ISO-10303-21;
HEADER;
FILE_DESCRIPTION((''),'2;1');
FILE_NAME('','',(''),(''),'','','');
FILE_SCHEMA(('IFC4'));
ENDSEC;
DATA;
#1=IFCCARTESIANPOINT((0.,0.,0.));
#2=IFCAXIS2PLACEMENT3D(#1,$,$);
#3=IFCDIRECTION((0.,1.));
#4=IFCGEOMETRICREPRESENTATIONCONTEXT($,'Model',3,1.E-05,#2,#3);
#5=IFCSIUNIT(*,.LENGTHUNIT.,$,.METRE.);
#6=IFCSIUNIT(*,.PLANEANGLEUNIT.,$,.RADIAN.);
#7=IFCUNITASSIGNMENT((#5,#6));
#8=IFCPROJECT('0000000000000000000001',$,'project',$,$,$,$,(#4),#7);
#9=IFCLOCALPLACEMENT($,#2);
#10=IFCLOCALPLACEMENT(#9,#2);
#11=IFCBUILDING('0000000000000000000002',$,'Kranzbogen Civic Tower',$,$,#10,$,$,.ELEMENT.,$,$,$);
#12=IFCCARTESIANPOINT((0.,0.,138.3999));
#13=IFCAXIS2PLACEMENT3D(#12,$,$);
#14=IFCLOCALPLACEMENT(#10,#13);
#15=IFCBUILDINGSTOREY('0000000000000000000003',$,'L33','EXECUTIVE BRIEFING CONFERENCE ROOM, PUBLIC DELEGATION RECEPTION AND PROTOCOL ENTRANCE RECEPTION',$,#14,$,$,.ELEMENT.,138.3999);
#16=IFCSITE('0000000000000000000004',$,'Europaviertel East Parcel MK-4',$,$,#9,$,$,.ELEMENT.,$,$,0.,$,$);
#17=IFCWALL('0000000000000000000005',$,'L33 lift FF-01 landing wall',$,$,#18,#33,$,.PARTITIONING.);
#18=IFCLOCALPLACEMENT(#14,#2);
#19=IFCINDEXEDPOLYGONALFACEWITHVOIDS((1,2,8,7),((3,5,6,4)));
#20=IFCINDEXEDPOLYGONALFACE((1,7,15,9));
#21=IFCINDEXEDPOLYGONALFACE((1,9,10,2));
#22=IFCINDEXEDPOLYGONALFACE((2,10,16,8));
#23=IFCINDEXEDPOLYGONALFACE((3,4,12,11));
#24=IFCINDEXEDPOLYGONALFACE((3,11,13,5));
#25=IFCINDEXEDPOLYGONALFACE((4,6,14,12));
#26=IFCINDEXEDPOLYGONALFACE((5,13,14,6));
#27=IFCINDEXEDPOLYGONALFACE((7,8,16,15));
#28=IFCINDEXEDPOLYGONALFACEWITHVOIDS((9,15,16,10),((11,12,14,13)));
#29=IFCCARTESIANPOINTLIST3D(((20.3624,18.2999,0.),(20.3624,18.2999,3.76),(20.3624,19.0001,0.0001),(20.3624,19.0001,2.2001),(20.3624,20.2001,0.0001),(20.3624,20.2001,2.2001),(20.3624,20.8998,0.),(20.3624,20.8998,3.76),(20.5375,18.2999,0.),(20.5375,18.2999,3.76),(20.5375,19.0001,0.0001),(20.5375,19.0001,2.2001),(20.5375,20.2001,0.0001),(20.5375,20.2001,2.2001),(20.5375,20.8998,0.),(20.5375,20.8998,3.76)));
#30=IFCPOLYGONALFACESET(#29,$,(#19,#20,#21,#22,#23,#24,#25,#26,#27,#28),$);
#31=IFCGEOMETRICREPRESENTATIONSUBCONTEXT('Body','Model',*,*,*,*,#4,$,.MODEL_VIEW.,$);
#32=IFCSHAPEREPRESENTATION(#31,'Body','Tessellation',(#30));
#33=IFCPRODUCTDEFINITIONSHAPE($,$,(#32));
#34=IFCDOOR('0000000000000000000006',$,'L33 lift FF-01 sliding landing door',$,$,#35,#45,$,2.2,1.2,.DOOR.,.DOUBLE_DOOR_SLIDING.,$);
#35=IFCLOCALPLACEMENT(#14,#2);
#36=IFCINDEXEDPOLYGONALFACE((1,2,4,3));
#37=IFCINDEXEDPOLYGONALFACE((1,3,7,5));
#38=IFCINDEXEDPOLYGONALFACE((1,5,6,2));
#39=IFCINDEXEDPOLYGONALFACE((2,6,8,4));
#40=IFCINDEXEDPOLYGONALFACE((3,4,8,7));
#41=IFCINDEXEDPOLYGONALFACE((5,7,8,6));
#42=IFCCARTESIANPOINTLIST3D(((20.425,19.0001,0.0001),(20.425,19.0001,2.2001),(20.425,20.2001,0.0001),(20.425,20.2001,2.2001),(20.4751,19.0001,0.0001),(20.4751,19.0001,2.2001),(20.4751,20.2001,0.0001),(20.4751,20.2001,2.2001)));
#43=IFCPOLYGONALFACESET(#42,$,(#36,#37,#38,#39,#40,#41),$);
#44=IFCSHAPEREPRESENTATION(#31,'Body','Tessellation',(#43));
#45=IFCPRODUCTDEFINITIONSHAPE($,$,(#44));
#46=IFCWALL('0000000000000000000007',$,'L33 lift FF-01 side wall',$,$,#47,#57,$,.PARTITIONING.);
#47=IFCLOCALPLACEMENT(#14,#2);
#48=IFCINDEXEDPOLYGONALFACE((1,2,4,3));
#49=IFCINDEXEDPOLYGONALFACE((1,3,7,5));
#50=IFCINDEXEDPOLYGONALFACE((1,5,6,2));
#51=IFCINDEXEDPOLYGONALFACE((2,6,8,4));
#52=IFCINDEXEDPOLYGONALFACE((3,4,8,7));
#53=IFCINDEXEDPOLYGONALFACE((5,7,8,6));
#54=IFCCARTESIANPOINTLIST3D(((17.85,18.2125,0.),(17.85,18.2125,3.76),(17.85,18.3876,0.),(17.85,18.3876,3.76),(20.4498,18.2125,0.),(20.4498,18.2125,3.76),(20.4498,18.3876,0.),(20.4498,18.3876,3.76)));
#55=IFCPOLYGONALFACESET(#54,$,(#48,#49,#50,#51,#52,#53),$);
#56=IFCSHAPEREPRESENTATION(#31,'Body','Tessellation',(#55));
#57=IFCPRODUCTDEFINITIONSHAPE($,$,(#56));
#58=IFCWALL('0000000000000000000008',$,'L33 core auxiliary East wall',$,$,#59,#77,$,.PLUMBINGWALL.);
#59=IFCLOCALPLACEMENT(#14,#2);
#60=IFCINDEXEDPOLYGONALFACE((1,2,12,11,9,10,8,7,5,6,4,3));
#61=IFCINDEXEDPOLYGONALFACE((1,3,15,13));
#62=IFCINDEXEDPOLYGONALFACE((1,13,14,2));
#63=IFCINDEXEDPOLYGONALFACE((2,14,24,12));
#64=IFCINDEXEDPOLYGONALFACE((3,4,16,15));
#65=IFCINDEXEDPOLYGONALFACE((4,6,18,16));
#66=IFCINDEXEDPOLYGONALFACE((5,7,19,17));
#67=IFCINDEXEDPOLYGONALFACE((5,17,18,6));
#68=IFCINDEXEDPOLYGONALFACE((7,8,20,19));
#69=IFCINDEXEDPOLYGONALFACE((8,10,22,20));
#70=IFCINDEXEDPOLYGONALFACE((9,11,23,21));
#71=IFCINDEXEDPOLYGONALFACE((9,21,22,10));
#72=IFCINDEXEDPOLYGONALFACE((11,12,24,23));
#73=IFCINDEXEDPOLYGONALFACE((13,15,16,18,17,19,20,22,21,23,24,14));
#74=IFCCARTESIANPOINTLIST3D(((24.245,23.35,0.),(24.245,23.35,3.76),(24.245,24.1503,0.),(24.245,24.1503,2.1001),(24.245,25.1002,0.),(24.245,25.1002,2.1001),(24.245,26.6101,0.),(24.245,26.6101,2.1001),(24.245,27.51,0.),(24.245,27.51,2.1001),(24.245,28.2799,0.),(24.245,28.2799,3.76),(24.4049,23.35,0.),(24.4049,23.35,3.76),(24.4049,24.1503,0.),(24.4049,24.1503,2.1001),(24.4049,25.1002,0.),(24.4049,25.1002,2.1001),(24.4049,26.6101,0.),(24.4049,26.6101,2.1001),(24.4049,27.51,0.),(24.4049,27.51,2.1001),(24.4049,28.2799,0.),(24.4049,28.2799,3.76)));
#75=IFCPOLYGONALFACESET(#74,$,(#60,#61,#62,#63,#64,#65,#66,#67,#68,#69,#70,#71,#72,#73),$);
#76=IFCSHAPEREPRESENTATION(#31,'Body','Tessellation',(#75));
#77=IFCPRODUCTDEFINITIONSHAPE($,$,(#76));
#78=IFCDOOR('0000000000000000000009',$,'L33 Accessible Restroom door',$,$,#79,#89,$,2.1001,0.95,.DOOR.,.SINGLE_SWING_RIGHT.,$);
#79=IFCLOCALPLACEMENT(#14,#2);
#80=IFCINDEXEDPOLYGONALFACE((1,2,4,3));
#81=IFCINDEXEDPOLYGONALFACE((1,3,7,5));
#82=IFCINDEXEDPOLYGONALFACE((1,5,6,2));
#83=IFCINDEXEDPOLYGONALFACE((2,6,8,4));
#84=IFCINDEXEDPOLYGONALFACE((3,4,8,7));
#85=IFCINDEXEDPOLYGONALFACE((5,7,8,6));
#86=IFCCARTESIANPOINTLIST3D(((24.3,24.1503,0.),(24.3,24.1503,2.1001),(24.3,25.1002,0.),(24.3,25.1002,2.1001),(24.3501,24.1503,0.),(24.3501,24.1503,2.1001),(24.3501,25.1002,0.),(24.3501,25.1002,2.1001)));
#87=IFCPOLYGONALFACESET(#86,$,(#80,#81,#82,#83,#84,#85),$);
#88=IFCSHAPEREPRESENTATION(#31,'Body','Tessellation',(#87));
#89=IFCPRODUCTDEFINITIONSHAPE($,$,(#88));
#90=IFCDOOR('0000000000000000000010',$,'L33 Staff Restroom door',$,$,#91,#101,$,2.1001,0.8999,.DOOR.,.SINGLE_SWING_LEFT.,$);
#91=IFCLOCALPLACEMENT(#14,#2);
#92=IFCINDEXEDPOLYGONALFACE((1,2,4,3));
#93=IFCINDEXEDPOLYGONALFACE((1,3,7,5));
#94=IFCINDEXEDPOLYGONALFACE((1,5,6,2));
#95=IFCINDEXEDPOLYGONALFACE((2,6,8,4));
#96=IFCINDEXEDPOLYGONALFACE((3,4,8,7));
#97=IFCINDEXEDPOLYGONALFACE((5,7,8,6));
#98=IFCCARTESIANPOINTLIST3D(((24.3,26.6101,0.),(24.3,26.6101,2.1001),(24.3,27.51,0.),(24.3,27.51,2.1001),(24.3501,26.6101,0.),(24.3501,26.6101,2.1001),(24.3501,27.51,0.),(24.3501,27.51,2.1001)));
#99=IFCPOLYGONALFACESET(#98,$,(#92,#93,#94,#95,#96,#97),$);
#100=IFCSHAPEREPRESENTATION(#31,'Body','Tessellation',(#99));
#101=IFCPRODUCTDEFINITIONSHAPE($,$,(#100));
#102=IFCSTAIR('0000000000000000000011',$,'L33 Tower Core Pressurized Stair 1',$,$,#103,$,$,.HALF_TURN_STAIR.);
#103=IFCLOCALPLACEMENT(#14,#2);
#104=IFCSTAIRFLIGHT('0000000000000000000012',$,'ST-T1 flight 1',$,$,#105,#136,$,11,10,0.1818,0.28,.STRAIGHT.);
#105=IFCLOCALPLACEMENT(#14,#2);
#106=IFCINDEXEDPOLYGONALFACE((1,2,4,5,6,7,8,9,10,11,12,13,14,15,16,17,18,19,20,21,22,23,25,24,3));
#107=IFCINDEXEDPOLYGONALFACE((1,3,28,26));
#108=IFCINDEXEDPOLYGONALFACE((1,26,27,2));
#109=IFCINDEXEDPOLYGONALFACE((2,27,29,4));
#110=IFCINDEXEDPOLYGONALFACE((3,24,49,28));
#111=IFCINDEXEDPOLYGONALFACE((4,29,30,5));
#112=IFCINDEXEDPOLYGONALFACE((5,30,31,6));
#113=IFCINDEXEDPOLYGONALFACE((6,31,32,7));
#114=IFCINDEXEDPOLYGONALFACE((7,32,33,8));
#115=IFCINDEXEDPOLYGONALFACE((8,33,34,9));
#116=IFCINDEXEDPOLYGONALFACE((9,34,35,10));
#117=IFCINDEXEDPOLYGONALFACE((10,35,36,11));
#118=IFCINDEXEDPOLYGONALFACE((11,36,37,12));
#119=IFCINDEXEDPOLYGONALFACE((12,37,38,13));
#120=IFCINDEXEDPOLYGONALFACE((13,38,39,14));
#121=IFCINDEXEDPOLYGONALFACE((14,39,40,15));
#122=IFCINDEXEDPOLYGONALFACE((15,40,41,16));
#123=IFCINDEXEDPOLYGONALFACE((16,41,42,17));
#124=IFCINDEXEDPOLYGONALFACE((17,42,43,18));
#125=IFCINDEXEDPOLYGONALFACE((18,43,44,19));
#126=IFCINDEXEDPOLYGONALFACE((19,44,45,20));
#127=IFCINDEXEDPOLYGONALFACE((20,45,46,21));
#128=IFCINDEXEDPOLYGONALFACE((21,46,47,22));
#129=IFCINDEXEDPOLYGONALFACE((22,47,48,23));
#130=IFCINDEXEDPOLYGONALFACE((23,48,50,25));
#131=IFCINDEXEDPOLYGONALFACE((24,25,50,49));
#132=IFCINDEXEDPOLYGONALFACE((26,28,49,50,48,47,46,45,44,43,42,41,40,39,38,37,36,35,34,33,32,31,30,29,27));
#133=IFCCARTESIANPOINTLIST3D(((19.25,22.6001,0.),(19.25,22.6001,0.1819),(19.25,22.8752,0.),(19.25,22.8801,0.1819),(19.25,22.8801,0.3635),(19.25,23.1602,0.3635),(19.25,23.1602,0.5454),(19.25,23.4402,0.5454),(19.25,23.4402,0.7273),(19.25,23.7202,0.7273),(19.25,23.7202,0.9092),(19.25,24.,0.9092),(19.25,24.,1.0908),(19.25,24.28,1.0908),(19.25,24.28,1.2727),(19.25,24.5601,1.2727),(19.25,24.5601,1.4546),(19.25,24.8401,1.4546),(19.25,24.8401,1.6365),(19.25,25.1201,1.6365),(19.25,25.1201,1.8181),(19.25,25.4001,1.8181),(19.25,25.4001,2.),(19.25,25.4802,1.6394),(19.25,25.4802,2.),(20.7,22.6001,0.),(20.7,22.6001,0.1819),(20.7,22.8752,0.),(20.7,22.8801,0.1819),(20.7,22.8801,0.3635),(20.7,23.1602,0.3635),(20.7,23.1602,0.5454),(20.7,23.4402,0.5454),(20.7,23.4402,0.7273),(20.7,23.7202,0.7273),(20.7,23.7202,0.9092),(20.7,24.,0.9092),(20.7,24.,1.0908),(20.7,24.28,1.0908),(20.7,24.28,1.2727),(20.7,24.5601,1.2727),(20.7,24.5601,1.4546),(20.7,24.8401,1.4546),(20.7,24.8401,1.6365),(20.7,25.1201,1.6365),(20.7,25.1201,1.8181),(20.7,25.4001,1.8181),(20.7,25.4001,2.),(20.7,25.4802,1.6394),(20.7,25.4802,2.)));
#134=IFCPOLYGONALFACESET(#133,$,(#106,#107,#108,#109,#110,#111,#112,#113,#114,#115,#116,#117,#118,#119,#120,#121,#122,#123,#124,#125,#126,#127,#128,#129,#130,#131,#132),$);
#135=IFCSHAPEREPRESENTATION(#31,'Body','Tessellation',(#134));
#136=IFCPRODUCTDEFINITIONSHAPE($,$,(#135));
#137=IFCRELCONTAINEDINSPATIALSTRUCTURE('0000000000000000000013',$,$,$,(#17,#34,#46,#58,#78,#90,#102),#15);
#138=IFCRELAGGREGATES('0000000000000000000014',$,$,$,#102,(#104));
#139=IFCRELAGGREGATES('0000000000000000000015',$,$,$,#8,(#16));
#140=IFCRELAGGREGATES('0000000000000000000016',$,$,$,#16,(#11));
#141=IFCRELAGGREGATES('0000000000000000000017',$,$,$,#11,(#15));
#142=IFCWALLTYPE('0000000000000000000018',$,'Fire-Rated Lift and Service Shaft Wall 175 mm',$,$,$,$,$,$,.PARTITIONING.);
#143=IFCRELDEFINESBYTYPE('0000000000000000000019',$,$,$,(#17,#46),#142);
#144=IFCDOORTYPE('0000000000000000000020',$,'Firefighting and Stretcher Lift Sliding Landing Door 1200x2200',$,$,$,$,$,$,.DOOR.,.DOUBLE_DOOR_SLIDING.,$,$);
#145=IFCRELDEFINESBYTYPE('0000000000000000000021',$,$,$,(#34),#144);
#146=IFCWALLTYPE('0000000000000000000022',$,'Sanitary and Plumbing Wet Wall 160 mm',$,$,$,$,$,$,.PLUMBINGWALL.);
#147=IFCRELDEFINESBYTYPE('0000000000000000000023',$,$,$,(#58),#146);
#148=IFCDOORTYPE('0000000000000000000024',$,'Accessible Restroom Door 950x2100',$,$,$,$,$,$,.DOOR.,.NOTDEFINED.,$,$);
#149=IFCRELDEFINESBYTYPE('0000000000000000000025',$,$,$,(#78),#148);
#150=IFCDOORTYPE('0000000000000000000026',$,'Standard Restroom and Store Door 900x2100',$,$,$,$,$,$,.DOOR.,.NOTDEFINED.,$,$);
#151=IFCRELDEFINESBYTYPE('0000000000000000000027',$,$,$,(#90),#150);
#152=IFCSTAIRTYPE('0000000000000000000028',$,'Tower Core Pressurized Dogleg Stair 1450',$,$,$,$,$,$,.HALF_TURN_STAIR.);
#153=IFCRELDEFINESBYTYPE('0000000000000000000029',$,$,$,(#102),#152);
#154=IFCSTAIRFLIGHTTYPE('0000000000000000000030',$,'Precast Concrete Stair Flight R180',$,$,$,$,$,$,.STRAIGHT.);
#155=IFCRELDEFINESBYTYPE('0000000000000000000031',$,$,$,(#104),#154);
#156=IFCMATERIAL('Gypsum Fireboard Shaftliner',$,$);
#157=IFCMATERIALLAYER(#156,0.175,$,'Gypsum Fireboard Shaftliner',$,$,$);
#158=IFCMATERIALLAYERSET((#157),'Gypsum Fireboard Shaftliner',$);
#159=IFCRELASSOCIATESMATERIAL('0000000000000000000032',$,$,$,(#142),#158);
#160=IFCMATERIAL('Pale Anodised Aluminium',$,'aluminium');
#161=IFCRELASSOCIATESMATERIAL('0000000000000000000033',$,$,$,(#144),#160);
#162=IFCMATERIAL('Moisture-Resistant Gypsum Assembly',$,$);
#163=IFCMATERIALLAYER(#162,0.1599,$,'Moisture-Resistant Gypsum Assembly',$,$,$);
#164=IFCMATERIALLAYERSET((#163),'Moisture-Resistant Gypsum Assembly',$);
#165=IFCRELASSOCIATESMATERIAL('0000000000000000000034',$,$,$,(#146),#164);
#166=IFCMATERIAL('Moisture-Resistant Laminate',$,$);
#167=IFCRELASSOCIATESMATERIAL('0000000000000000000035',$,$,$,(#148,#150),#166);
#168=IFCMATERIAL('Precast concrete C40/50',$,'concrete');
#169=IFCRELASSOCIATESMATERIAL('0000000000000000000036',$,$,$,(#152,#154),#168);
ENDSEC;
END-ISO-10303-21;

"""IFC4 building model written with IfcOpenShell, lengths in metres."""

from ifc_helpers import new_model, si_unit, direction, frame, frame_2d, origin, place, context, subcontext, project, spatial, polyline, rectangle, outline, extrude, material, layer, layer_set, type_object, element, fill, aggregate, save


model = new_model("IFC4")

# Units and contexts
model_context = context("Model", 3, precision=1e-05, world=origin(), true_north=direction((0.0, 1.0)))
body_context = subcontext(model_context, "Body", "Model", "MODEL_VIEW")
ifc_project = project(units=[si_unit("LENGTHUNIT", "METRE"), si_unit("PLANEANGLEUNIT", "RADIAN")], contexts=[model_context])

# Site, building, storey
site_placement = place(None, origin())
site = spatial("IfcSite", under=ifc_project, at=site_placement, Name="Europaviertel East Parcel MK-4", CompositionType="ELEMENT", RefElevation=0.0)
building_placement = place(site_placement, origin())
building = spatial("IfcBuilding", under=site, at=building_placement, Name="Kranzbogen Civic Tower", CompositionType="ELEMENT")
storey_placement = place(building_placement, frame((0.0, 0.0, 138.3999)))
storey = spatial("IfcBuildingStorey", under=building, at=storey_placement, Name="L33", Description="EXECUTIVE BRIEFING CONFERENCE ROOM, PUBLIC DELEGATION RECEPTION AND PROTOCOL ENTRANCE RECEPTION", CompositionType="ELEMENT", Elevation=138.3999)

# Wall, opening, door
ifc_material_1 = material(Name="Gypsum Fireboard Shaftliner")
ifc_layer_1 = layer(ifc_material_1, 0.175, Name="Gypsum Fireboard Shaftliner")
ifc_layer_set_1 = layer_set([ifc_layer_1], Name="Gypsum Fireboard Shaftliner")
wall_type_1 = type_object("IfcWallType", Name="Fire-Rated Lift and Service Shaft Wall 175 mm", PredefinedType="PARTITIONING", material=ifc_layer_set_1)
wall_1_placement = place(storey_placement, frame((20.45, 18.3, 0.0), z_axis=(0.0, 0.0, 1.0), x_axis=(0.0, 1.0, 0.0)))
wall_1 = element("IfcWall", 1, at=wall_1_placement, inside=storey, type_object=wall_type_1, Name="L33 lift FF-01 landing wall", PredefinedType="PARTITIONING", context=body_context, shape_type="SweptSolid", body=[
    extrude(rectangle(XDim=2.5999, YDim=0.175, at=frame_2d((1.2998, 0.0))), origin(), (0.0, 0.0, 1.0), 3.76),
])
opening_1_placement = place(wall_1_placement, frame((0.7, 0.0, 0.0)))
opening_1 = element("IfcOpeningElement", 2, at=opening_1_placement, cuts=wall_1, PredefinedType="OPENING", context=body_context, shape_type="SweptSolid", body=[
    extrude(rectangle(XDim=1.2, YDim=2.2, at=frame_2d((0.6001, 1.1001))), frame((0.0, 0.0977, 0.0), z_axis=(0.0, -1.0, 0.0), x_axis=(1.0, 0.0, 0.0)), (0.0, 0.0, 1.0), 0.1951),
])
ifc_material_2 = material(Name="Pale Anodised Aluminium", Category="aluminium")
door_type_1 = type_object("IfcDoorType", Name="Firefighting and Stretcher Lift Sliding Landing Door 1200x2200", OperationType="DOUBLE_DOOR_SLIDING", PredefinedType="DOOR", material=ifc_material_2)
door_1_placement = place(opening_1_placement, origin())
door_1 = element("IfcDoor", 3, at=door_1_placement, inside=storey, type_object=door_type_1, Name="L33 lift FF-01 sliding landing door", OperationType="DOUBLE_DOOR_SLIDING", OverallHeight=2.2, OverallWidth=1.2, PredefinedType="DOOR", context=body_context, shape_type="SweptSolid", body=[
    extrude(rectangle(XDim=1.2, YDim=2.2, at=frame_2d((0.6001, 1.1001))), frame((0.0, 0.0249, 0.0), z_axis=(0.0, -1.0, 0.0), x_axis=(1.0, 0.0, 0.0)), (0.0, 0.0, 1.0), 0.05),
])
fill(opening_1, door_1)

# Wall
wall_2_placement = place(storey_placement, frame((17.8501, 18.3, 0.0), z_axis=(0.0, 0.0, 1.0), x_axis=(1.0, 0.0, 0.0)))
element("IfcWall", 4, at=wall_2_placement, inside=storey, type_object=wall_type_1, Name="L33 lift FF-01 side wall", PredefinedType="PARTITIONING", context=body_context, shape_type="SweptSolid", body=[
    extrude(rectangle(XDim=2.5999, YDim=0.175, at=frame_2d((1.2998, 0.0))), origin(), (0.0, 0.0, 1.0), 3.76),
])

# Wall, openings, doors
ifc_material_3 = material(Name="Moisture-Resistant Gypsum Assembly")
ifc_layer_2 = layer(ifc_material_3, 0.1599, Name="Moisture-Resistant Gypsum Assembly")
ifc_layer_set_2 = layer_set([ifc_layer_2], Name="Moisture-Resistant Gypsum Assembly")
wall_type_2 = type_object("IfcWallType", Name="Sanitary and Plumbing Wet Wall 160 mm", PredefinedType="PLUMBINGWALL", material=ifc_layer_set_2)
wall_3_placement = place(storey_placement, frame((24.325, 23.3501, 0.0), z_axis=(0.0, 0.0, 1.0), x_axis=(0.0, 1.0, 0.0)))
wall_3 = element("IfcWall", 5, at=wall_3_placement, inside=storey, type_object=wall_type_2, Name="L33 core auxiliary East wall", PredefinedType="PLUMBINGWALL", context=body_context, shape_type="SweptSolid", body=[
    extrude(rectangle(XDim=4.9299, YDim=0.1599, at=frame_2d((2.4648, 0.0))), origin(), (0.0, 0.0, 1.0), 3.76),
])
opening_2_placement = place(wall_3_placement, frame((0.8, 0.0, 0.0)))
opening_2 = element("IfcOpeningElement", 6, at=opening_2_placement, cuts=wall_3, PredefinedType="OPENING", context=body_context, shape_type="SweptSolid", body=[
    extrude(rectangle(XDim=0.95, YDim=2.1001, at=frame_2d((0.4751, 1.05))), frame((0.0, 0.0898, 0.0), z_axis=(0.0, -1.0, 0.0), x_axis=(1.0, 0.0, 0.0)), (0.0, 0.0, 1.0), 0.1799),
])
opening_3_placement = place(wall_3_placement, frame((3.26, 0.0, 0.0)))
opening_3 = element("IfcOpeningElement", 7, at=opening_3_placement, cuts=wall_3, PredefinedType="OPENING", context=body_context, shape_type="SweptSolid", body=[
    extrude(rectangle(XDim=0.8999, YDim=2.1001, at=frame_2d((0.45, 1.05))), frame((0.0, 0.0898, 0.0), z_axis=(0.0, -1.0, 0.0), x_axis=(1.0, 0.0, 0.0)), (0.0, 0.0, 1.0), 0.1799),
])
ifc_material_4 = material(Name="Moisture-Resistant Laminate")
door_type_2 = type_object("IfcDoorType", Name="Accessible Restroom Door 950x2100", OperationType="NOTDEFINED", PredefinedType="DOOR", material=ifc_material_4)
door_2_placement = place(opening_2_placement, origin())
door_2 = element("IfcDoor", 8, at=door_2_placement, inside=storey, type_object=door_type_2, Name="L33 Accessible Restroom door", OperationType="SINGLE_SWING_RIGHT", OverallHeight=2.1001, OverallWidth=0.95, PredefinedType="DOOR", context=body_context, shape_type="SweptSolid", body=[
    extrude(rectangle(XDim=0.95, YDim=2.1001, at=frame_2d((0.4751, 1.05))), frame((0.0, 0.0249, 0.0), z_axis=(0.0, -1.0, 0.0), x_axis=(1.0, 0.0, 0.0)), (0.0, 0.0, 1.0), 0.05),
])
fill(opening_2, door_2)
door_type_3 = type_object("IfcDoorType", Name="Standard Restroom and Store Door 900x2100", OperationType="NOTDEFINED", PredefinedType="DOOR", material=ifc_material_4)
door_3_placement = place(opening_3_placement, origin())
door_3 = element("IfcDoor", 9, at=door_3_placement, inside=storey, type_object=door_type_3, Name="L33 Staff Restroom door", OperationType="SINGLE_SWING_LEFT", OverallHeight=2.1001, OverallWidth=0.8999, PredefinedType="DOOR", context=body_context, shape_type="SweptSolid", body=[
    extrude(rectangle(XDim=0.8999, YDim=2.1001, at=frame_2d((0.45, 1.05))), frame((0.0, 0.0249, 0.0), z_axis=(0.0, -1.0, 0.0), x_axis=(1.0, 0.0, 0.0)), (0.0, 0.0, 1.0), 0.05),
])
fill(opening_3, door_3)

# Stair, stair flight
ifc_material_5 = material(Name="Precast concrete C40/50", Category="concrete")
stair_type = type_object("IfcStairType", Name="Tower Core Pressurized Dogleg Stair 1450", PredefinedType="HALF_TURN_STAIR", material=ifc_material_5)
stair_placement = place(storey_placement, origin())
stair = element("IfcStair", 10, at=stair_placement, inside=storey, type_object=stair_type, Name="L33 Tower Core Pressurized Stair 1", PredefinedType="HALF_TURN_STAIR")
stair_flight_type = type_object("IfcStairFlightType", Name="Precast Concrete Stair Flight R180", PredefinedType="STRAIGHT", material=ifc_material_5)
stair_flight_placement = place(storey_placement, frame((19.9751, 22.6001, 0.0), z_axis=(0.0, 0.0, 1.0), x_axis=(0.0, 1.0, 0.0)))
stair_flight = element("IfcStairFlight", 11, at=stair_flight_placement, type_object=stair_flight_type, Name="ST-T1 flight 1", NumberOfRisers=11, NumberOfTreads=10, PredefinedType="STRAIGHT", RiserHeight=0.1818, TreadLength=0.28, context=body_context, shape_type="SweptSolid", body=[
    extrude(outline(polyline([(0.0, 0.0), (0.0, 0.1819), (0.28, 0.1819), (0.28, 0.3635), (0.5601, 0.3635), (0.5601, 0.5454), (0.8401, 0.5454), (0.8401, 0.7273), (1.1201, 0.7273), (1.1201, 0.9092), (1.3999, 0.9092), (1.3999, 1.0908), (1.6799, 1.0908), (1.6799, 1.2727), (1.96, 1.2727), (1.96, 1.4546), (2.24, 1.4546), (2.24, 1.6365), (2.52, 1.6365), (2.52, 1.8181), (2.8, 1.8181), (2.8, 2.0), (2.8801, 2.0), (2.8801, 1.6394), (0.2751, 0.0), (0.0, 0.0)])), frame((0.0, 0.7251, 0.0), z_axis=(0.0, -1.0, 0.0), x_axis=(1.0, 0.0, 0.0)), (0.0, 0.0, 1.0), 1.45),
])
aggregate(stair, [stair_flight])

save(model, "model.ifc")
